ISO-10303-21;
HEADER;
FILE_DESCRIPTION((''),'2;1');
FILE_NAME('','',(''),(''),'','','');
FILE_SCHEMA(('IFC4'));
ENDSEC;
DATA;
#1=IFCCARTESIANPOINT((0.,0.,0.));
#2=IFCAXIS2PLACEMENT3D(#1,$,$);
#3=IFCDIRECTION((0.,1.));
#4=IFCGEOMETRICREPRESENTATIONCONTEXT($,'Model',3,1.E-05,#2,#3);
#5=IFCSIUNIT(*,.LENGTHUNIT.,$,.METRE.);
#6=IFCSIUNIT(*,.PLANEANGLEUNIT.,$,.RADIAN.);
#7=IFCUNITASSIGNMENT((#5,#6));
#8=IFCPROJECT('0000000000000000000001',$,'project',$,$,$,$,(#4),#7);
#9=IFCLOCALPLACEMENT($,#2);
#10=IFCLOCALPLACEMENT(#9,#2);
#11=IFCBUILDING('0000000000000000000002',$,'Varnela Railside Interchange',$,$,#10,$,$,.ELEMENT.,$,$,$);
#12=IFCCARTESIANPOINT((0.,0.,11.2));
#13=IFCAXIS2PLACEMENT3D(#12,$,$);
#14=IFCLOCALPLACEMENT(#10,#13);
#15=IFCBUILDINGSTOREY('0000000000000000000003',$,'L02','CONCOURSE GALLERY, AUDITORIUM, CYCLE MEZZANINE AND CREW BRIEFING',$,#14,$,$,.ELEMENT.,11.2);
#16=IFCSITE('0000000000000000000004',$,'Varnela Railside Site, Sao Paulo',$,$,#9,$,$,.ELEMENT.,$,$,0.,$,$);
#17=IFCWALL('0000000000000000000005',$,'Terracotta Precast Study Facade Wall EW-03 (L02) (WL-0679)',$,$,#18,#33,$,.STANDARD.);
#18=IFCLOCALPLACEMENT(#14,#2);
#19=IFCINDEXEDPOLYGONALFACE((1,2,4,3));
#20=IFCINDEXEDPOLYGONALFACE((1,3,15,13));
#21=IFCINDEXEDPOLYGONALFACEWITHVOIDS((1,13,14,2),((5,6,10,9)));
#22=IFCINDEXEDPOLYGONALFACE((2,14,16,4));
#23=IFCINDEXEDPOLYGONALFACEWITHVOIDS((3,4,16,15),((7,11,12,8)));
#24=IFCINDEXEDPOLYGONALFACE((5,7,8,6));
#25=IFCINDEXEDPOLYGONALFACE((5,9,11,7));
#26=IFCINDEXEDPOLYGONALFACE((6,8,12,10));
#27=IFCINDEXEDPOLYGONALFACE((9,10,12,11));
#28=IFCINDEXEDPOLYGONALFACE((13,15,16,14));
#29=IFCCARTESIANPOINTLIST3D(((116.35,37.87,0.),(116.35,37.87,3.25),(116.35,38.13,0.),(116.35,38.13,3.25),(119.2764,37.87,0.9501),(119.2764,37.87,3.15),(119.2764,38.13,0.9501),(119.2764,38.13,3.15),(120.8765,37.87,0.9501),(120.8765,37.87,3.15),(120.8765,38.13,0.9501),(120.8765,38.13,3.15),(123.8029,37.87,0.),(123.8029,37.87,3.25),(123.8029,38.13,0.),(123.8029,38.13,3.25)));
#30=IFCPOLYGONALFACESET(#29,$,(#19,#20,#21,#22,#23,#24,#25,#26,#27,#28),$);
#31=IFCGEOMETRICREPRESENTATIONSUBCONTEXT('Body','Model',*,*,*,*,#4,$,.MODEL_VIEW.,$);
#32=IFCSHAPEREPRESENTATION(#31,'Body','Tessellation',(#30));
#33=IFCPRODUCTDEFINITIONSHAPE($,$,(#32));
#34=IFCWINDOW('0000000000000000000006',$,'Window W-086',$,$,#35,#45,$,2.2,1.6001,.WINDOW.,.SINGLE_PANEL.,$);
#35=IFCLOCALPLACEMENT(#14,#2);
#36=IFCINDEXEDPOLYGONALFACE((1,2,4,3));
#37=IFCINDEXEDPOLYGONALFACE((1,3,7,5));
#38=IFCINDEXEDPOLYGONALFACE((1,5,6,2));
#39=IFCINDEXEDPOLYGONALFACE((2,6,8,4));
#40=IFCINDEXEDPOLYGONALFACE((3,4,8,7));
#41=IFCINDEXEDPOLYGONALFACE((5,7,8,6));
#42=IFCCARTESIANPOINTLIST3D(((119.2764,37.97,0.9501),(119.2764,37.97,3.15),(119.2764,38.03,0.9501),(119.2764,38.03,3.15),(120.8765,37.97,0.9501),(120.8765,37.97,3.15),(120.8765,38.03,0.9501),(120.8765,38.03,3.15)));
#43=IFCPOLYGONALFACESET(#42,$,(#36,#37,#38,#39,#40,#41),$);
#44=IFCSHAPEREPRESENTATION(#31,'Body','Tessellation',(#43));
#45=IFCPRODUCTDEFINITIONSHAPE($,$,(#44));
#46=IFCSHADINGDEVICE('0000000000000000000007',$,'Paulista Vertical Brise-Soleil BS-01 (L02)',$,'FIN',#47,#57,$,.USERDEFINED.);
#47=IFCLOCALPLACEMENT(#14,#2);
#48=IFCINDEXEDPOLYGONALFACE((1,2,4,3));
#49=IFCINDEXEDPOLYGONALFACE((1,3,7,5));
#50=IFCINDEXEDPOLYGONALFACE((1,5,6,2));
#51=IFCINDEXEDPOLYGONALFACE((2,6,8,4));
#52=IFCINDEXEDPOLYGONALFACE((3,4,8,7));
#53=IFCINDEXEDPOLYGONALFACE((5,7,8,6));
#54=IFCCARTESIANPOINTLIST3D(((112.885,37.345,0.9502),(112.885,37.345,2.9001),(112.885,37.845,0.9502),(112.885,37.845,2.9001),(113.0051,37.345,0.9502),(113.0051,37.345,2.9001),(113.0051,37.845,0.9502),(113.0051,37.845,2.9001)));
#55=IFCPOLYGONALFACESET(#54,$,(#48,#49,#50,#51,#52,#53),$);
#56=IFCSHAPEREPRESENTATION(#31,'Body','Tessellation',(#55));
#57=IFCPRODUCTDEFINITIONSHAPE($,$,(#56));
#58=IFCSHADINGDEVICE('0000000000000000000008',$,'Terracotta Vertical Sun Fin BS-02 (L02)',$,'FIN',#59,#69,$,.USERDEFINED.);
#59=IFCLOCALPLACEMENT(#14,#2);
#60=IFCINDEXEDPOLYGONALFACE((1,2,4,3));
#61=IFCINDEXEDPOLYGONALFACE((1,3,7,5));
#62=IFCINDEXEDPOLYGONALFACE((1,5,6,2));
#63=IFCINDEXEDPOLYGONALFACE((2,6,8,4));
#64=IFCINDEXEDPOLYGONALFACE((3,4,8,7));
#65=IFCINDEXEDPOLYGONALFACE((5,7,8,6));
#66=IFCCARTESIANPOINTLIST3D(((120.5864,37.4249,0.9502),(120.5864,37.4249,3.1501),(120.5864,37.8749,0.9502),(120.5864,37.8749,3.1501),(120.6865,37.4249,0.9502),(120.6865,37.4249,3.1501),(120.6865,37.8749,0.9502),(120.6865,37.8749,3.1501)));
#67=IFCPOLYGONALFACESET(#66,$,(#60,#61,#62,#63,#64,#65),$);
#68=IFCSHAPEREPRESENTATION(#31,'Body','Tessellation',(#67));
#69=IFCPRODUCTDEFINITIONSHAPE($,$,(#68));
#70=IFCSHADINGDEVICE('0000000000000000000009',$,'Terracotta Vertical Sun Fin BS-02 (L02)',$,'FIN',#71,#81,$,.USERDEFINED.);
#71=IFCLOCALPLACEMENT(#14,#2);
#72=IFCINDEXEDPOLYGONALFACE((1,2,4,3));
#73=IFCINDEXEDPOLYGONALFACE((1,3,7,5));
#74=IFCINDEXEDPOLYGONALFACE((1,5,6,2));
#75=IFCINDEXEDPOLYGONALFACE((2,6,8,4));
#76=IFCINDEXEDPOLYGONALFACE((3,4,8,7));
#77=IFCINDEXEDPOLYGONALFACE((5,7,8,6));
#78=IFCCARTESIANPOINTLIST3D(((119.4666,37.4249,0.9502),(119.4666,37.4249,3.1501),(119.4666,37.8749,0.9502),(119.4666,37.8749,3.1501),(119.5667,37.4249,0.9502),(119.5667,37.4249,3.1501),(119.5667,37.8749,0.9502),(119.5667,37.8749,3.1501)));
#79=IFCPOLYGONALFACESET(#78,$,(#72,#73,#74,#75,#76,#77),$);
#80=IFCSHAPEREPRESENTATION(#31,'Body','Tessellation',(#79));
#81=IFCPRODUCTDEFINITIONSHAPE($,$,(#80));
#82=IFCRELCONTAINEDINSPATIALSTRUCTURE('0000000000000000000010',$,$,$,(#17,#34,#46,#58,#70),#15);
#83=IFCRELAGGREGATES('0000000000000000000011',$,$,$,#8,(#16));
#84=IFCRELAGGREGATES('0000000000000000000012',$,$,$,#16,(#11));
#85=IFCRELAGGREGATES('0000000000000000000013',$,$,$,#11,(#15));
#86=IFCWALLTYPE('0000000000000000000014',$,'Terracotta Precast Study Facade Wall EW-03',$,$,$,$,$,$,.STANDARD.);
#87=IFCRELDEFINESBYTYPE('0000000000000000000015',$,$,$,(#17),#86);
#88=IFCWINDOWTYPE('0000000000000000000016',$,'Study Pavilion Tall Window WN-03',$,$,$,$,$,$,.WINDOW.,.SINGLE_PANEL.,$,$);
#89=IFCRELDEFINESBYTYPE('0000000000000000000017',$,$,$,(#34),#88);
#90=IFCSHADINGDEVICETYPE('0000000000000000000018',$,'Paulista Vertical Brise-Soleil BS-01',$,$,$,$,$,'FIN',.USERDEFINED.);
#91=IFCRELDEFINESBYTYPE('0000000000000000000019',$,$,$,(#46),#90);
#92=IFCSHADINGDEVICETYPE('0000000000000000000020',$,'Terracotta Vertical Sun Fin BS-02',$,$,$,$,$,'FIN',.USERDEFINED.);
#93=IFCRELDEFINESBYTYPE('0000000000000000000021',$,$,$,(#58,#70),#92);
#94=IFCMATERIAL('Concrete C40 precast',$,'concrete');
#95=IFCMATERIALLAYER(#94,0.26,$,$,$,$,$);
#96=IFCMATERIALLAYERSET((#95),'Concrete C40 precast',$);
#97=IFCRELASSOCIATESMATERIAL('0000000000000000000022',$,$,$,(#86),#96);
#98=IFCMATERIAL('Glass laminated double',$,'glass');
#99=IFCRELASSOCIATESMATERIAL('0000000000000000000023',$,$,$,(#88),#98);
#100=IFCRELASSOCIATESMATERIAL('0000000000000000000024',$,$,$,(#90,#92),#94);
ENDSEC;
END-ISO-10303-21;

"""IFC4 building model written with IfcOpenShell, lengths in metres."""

from ifc_helpers import new_model, si_unit, direction, frame, frame_2d, origin, origin_2d, place, context, subcontext, project, spatial, rectangle, extrude, material, layer, layer_set, type_object, element, fill, save


model = new_model("IFC4")

# Units and contexts
model_context = context("Model", 3, precision=1e-05, world=origin(), true_north=direction((0.0, 1.0)))
body_context = subcontext(model_context, "Body", "Model", "MODEL_VIEW")
ifc_project = project(units=[si_unit("LENGTHUNIT", "METRE"), si_unit("PLANEANGLEUNIT", "RADIAN")], contexts=[model_context])

# Site, building, storey
site_placement = place(None, origin())
site = spatial("IfcSite", under=ifc_project, at=site_placement, Name="Varnela Railside Site, Sao Paulo", CompositionType="ELEMENT", RefElevation=0.0)
building_placement = place(site_placement, origin())
building = spatial("IfcBuilding", under=site, at=building_placement, Name="Varnela Railside Interchange", CompositionType="ELEMENT")
storey_placement = place(building_placement, frame((0.0, 0.0, 11.2)))
storey = spatial("IfcBuildingStorey", under=building, at=storey_placement, Name="L02", Description="CONCOURSE GALLERY, AUDITORIUM, CYCLE MEZZANINE AND CREW BRIEFING", CompositionType="ELEMENT", Elevation=11.2)

# Shared definitions
ifc_material_1 = material(Name="Concrete C40 precast", Category="concrete")

# Shared definitions
ifc_material_2 = material(Name="Glass laminated double", Category="glass")

# Wall, opening, window
ifc_layer_1 = layer(ifc_material_1, 0.26)
ifc_layer_set_1 = layer_set([ifc_layer_1], Name="Concrete C40 precast")
wall_type_1 = type_object("IfcWallType", Name="Terracotta Precast Study Facade Wall EW-03", PredefinedType="STANDARD", material=ifc_layer_set_1)
wall_1_placement = place(storey_placement, frame((123.803, 38.0, 0.0), z_axis=(0.0, 0.0, 1.0), x_axis=(-1.0, 0.0, 0.0)))
wall_1 = element("IfcWall", 1, at=wall_1_placement, inside=storey, type_object=wall_type_1, Name="Terracotta Precast Study Facade Wall EW-03 (L02) (WL-0679)", PredefinedType="STANDARD", context=body_context, shape_type="SweptSolid", body=[
    extrude(rectangle(XDim=7.4529, YDim=0.26, at=frame_2d((3.7266, 0.0))), origin(), (0.0, 0.0, 1.0), 3.25),
])
opening_1_placement = place(wall_1_placement, frame((2.9265, 0.0, 0.95)))
opening_1 = element("IfcOpeningElement", 2, at=opening_1_placement, cuts=wall_1, PredefinedType="OPENING", context=body_context, shape_type="SweptSolid", body=[
    extrude(rectangle(XDim=1.6001, YDim=2.2, at=frame_2d((0.8, 1.1001))), frame((0.0, 0.1399, 0.0), z_axis=(0.0, -1.0, 0.0), x_axis=(1.0, 0.0, 0.0)), (0.0, 0.0, 1.0), 0.28),
])
window_type_1 = type_object("IfcWindowType", Name="Study Pavilion Tall Window WN-03", PartitioningType="SINGLE_PANEL", PredefinedType="WINDOW", material=ifc_material_2)
window_1_placement = place(opening_1_placement, origin())
window_1 = element("IfcWindow", 3, at=window_1_placement, inside=storey, type_object=window_type_1, Name="Window W-086", OverallHeight=2.2, OverallWidth=1.6001, PartitioningType="SINGLE_PANEL", PredefinedType="WINDOW", context=body_context, shape_type="SweptSolid", body=[
    extrude(rectangle(XDim=1.6001, YDim=2.2, at=frame_2d((0.8, 1.1001))), frame((0.0, 0.03, 0.0), z_axis=(0.0, -1.0, 0.0), x_axis=(1.0, 0.0, 0.0)), (0.0, 0.0, 1.0), 0.0601),
])
fill(opening_1, window_1)

# Shading devices
shading_device_type_1 = type_object("IfcShadingDeviceType", Name="Paulista Vertical Brise-Soleil BS-01", ElementType="FIN", PredefinedType="USERDEFINED", material=ifc_material_1)
shading_device_placement = place(storey_placement, frame((112.9451, 37.595, 0.9502), z_axis=(0.0, 0.0, 1.0), x_axis=(0.0, -1.0, 0.0)))
element("IfcShadingDevice", 4, at=shading_device_placement, inside=storey, type_object=shading_device_type_1, Name="Paulista Vertical Brise-Soleil BS-01 (L02)", ObjectType="FIN", PredefinedType="USERDEFINED", context=body_context, shape_type="SweptSolid", body=[
    extrude(rectangle(XDim=0.5, YDim=0.1201, at=origin_2d()), origin(), (0.0, 0.0, 1.0), 1.95),
])
shading_device_type_2 = type_object("IfcShadingDeviceType", Name="Terracotta Vertical Sun Fin BS-02", ElementType="FIN", PredefinedType="USERDEFINED", material=ifc_material_1)
for number, where, z_axis, x_axis, name in (
    (5, (120.6365, 37.6499, 0.9502), (0.0, 0.0, 1.0), (0.0, -1.0, 0.0), "Terracotta Vertical Sun Fin BS-02 (L02)"),
    (6, (119.5166, 37.6499, 0.9502), (0.0, 0.0, 1.0), (0.0, -1.0, 0.0), "Terracotta Vertical Sun Fin BS-02 (L02)"),
):
    element("IfcShadingDevice", number, at=place(storey_placement, frame(where, z_axis=z_axis, x_axis=x_axis)), inside=storey, type_object=shading_device_type_2, Name=name, ObjectType="FIN", PredefinedType="USERDEFINED", context=body_context, shape_type="SweptSolid", body=[
        extrude(rectangle(XDim=0.45, YDim=0.1001, at=origin_2d()), origin(), (0.0, 0.0, 1.0), 2.2),
    ])

save(model, "model.ifc")
